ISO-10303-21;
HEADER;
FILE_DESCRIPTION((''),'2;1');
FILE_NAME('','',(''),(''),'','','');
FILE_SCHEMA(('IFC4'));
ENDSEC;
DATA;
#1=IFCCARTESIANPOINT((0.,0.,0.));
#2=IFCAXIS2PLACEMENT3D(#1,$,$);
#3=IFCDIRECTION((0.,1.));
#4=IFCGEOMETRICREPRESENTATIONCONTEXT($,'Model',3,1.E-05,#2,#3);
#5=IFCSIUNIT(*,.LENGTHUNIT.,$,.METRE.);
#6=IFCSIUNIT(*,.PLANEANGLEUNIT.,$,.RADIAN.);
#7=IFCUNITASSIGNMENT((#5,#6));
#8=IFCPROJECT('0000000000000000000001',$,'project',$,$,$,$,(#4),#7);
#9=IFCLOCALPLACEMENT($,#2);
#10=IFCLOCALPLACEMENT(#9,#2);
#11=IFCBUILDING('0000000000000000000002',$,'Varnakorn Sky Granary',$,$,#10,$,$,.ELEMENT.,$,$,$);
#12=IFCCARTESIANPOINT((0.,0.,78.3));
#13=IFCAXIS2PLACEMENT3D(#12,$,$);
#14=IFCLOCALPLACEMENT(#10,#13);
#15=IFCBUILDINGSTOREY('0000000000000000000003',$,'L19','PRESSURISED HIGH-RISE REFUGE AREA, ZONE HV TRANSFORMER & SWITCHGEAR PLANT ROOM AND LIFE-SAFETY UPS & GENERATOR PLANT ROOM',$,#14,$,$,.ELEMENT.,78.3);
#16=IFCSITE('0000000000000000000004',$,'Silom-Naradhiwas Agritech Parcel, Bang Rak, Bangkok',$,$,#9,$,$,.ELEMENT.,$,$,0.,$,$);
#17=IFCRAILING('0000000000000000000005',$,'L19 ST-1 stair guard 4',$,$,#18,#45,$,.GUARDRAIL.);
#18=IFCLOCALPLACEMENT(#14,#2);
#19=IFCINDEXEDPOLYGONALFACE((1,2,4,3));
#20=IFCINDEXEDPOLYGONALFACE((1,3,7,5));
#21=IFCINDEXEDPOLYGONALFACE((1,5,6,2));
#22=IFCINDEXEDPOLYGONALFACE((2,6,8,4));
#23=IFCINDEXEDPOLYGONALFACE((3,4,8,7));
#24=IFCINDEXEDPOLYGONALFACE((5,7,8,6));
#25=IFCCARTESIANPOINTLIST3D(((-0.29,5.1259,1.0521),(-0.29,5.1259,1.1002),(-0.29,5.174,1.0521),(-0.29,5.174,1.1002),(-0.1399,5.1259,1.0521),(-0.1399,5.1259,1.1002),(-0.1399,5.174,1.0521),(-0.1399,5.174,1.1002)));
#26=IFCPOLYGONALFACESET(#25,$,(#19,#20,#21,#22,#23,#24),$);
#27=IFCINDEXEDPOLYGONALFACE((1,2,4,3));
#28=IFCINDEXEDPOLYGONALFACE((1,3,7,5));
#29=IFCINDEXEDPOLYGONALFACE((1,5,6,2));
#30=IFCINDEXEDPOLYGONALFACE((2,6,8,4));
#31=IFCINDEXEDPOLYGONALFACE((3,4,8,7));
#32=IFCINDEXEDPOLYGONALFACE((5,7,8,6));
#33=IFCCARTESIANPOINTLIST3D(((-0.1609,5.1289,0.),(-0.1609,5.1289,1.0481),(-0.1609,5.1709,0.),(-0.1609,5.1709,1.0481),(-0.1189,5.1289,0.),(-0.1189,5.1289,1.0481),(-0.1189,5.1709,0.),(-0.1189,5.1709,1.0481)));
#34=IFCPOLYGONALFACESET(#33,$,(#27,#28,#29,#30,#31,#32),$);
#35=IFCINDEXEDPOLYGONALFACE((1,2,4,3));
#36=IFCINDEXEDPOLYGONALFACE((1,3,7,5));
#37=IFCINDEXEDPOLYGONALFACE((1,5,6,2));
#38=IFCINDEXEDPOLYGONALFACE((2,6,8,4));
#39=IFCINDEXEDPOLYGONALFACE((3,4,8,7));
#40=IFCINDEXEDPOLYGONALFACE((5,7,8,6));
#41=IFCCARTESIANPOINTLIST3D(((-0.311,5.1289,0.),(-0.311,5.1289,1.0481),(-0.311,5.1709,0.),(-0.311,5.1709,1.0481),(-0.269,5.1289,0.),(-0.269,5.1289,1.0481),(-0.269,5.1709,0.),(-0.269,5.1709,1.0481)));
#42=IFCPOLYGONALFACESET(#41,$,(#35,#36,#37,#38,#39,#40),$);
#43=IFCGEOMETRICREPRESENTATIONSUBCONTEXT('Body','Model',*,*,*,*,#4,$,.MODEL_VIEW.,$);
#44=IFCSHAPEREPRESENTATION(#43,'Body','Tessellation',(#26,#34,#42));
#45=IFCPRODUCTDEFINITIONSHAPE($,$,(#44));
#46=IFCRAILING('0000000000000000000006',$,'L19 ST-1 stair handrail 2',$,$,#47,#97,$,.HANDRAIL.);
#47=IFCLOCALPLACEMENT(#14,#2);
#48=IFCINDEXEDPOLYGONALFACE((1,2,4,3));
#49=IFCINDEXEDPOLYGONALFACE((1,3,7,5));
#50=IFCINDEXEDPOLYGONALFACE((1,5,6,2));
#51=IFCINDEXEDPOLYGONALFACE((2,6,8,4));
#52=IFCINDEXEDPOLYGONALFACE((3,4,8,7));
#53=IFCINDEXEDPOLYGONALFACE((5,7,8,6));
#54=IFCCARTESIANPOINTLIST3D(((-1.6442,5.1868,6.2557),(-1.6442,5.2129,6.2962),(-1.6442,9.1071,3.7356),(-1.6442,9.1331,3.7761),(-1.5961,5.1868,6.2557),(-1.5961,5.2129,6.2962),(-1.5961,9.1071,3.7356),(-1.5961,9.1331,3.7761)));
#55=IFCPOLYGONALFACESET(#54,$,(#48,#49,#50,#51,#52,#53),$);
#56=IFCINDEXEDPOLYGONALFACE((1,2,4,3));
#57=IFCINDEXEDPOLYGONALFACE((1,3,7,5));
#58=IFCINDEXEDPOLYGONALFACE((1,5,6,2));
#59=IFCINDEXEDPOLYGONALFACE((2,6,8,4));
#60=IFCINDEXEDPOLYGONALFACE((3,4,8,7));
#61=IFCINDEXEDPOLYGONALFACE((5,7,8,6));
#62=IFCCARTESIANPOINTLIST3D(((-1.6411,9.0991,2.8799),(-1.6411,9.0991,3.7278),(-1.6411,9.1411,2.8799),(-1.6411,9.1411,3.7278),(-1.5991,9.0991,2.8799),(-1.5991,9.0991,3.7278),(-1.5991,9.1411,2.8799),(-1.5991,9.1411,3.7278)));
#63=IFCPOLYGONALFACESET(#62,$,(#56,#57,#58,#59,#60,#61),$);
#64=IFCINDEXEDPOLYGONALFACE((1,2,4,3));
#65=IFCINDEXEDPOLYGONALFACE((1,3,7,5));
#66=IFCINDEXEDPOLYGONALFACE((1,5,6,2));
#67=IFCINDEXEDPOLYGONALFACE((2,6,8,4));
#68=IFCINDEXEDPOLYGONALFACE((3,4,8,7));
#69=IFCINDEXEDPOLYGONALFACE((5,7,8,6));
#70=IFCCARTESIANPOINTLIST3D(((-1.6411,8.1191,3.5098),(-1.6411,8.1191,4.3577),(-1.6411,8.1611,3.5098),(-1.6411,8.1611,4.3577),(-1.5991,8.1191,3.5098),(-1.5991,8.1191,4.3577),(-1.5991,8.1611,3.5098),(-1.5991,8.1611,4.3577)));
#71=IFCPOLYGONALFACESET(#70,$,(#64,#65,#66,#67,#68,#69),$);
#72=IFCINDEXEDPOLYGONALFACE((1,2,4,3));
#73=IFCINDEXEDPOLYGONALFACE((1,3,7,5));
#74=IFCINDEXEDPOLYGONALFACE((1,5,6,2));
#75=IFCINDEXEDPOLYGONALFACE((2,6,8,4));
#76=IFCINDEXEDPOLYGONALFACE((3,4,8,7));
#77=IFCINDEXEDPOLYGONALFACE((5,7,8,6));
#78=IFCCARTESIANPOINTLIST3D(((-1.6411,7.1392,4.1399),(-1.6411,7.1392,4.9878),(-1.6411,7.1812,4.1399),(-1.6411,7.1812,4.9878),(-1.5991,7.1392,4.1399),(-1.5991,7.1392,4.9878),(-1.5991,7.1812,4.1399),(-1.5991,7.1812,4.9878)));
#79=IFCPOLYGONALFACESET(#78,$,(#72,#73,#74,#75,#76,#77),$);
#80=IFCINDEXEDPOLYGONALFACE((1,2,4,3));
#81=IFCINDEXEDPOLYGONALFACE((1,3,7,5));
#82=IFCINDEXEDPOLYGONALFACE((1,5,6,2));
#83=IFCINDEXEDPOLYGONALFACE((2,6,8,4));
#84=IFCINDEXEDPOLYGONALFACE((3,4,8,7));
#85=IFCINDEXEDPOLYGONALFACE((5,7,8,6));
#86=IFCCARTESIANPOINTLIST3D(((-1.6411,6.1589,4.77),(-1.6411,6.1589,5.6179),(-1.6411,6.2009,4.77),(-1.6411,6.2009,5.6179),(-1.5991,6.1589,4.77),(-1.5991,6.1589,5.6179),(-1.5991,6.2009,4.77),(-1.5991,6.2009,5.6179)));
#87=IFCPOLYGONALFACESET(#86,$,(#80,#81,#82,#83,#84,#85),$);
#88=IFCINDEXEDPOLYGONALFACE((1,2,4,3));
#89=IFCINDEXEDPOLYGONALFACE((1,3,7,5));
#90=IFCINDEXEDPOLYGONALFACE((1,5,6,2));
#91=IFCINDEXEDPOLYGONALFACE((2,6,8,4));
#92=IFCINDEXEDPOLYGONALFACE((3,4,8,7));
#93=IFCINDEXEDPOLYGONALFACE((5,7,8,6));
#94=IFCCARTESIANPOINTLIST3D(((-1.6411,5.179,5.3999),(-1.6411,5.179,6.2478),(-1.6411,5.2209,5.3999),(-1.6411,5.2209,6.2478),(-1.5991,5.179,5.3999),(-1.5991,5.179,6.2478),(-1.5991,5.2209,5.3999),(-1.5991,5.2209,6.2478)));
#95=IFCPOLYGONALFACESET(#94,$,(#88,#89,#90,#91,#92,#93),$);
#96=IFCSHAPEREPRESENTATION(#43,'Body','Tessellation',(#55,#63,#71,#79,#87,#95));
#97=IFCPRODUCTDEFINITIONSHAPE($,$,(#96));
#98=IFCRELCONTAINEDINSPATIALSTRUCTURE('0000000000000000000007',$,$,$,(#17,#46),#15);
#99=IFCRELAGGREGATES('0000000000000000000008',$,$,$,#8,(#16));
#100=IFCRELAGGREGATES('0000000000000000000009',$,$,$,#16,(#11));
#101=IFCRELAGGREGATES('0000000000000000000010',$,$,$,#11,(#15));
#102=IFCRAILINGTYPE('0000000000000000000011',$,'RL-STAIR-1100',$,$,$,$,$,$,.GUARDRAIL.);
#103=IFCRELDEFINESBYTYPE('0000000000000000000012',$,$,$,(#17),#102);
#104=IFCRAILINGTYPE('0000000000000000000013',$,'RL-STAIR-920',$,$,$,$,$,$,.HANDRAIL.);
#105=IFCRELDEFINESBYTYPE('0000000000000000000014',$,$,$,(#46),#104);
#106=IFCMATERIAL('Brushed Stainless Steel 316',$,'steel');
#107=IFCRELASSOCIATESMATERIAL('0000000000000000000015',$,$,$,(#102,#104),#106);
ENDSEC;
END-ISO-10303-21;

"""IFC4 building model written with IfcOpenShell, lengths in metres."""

from ifc_helpers import new_model, si_unit, direction, frame, origin, origin_2d, place, context, subcontext, project, spatial, rectangle, extrude, material, type_object, element, save


model = new_model("IFC4")

# Units and contexts
model_context = context("Model", 3, precision=1e-05, world=origin(), true_north=direction((0.0, 1.0)))
body_context = subcontext(model_context, "Body", "Model", "MODEL_VIEW")
ifc_project = project(units=[si_unit("LENGTHUNIT", "METRE"), si_unit("PLANEANGLEUNIT", "RADIAN")], contexts=[model_context])

# Site, building, storey
site_placement = place(None, origin())
site = spatial("IfcSite", under=ifc_project, at=site_placement, Name="Silom-Naradhiwas Agritech Parcel, Bang Rak, Bangkok", CompositionType="ELEMENT", RefElevation=0.0)
building_placement = place(site_placement, origin())
building = spatial("IfcBuilding", under=site, at=building_placement, Name="Varnakorn Sky Granary", CompositionType="ELEMENT")
storey_placement = place(building_placement, frame((0.0, 0.0, 78.3)))
storey = spatial("IfcBuildingStorey", under=building, at=storey_placement, Name="L19", Description="PRESSURISED HIGH-RISE REFUGE AREA, ZONE HV TRANSFORMER & SWITCHGEAR PLANT ROOM AND LIFE-SAFETY UPS & GENERATOR PLANT ROOM", CompositionType="ELEMENT", Elevation=78.3)

# Railings
ifc_material_1 = material(Name="Brushed Stainless Steel 316", Category="steel")
railing_type_1 = type_object("IfcRailingType", Name="RL-STAIR-1100", PredefinedType="GUARDRAIL", material=ifc_material_1)
railing_1_placement = place(storey_placement, frame((-0.1399, 5.1499, 0.0)))
element("IfcRailing", 1, at=railing_1_placement, inside=storey, type_object=railing_type_1, Name="L19 ST-1 stair guard 4", PredefinedType="GUARDRAIL", context=body_context, shape_type="SweptSolid", body=[
    extrude(rectangle(XDim=0.0481, YDim=0.0481, at=origin_2d()), frame((0.0, 0.0, 1.0762), z_axis=(-1.0, 0.0, 0.0), x_axis=(0.0, -1.0, 0.0)), (0.0, 0.0, 1.0), 0.1501),
    extrude(rectangle(XDim=0.042, YDim=0.042, at=origin_2d()), origin(), (0.0, 0.0, 1.0), 1.0481),
    extrude(rectangle(XDim=0.042, YDim=0.042, at=origin_2d()), frame((-0.1501, 0.0, 0.0)), (0.0, 0.0, 1.0), 1.0481),
])
railing_type_2 = type_object("IfcRailingType", Name="RL-STAIR-920", PredefinedType="HANDRAIL", material=ifc_material_1)
railing_2_placement = place(storey_placement, frame((-1.6201, 9.1201, 2.8799)))
element("IfcRailing", 2, at=railing_2_placement, inside=storey, type_object=railing_type_2, Name="L19 ST-1 stair handrail 2", PredefinedType="HANDRAIL", context=body_context, shape_type="SweptSolid", body=[
    extrude(rectangle(XDim=0.0481, YDim=0.0481, at=origin_2d()), frame((0.0, 0.0, 0.876), z_axis=(0.0, -0.841187, 0.540744), x_axis=(1.0, 0.0, 0.0)), (0.0, 0.0, 1.0), 4.6604),
    extrude(rectangle(XDim=0.042, YDim=0.042, at=origin_2d()), origin(), (0.0, 0.0, 1.0), 0.8479),
    extrude(rectangle(XDim=0.042, YDim=0.042, at=origin_2d()), frame((0.0, -0.98, 0.6299)), (0.0, 0.0, 1.0), 0.8479),
    extrude(rectangle(XDim=0.042, YDim=0.042, at=origin_2d()), frame((0.0, -1.96, 1.26)), (0.0, 0.0, 1.0), 0.8479),
    extrude(rectangle(XDim=0.042, YDim=0.042, at=origin_2d()), frame((0.0, -2.9402, 1.8901)), (0.0, 0.0, 1.0), 0.8479),
    extrude(rectangle(XDim=0.042, YDim=0.042, at=origin_2d()), frame((0.0, -3.9202, 2.52)), (0.0, 0.0, 1.0), 0.8479),
])

save(model, "model.ifc")
